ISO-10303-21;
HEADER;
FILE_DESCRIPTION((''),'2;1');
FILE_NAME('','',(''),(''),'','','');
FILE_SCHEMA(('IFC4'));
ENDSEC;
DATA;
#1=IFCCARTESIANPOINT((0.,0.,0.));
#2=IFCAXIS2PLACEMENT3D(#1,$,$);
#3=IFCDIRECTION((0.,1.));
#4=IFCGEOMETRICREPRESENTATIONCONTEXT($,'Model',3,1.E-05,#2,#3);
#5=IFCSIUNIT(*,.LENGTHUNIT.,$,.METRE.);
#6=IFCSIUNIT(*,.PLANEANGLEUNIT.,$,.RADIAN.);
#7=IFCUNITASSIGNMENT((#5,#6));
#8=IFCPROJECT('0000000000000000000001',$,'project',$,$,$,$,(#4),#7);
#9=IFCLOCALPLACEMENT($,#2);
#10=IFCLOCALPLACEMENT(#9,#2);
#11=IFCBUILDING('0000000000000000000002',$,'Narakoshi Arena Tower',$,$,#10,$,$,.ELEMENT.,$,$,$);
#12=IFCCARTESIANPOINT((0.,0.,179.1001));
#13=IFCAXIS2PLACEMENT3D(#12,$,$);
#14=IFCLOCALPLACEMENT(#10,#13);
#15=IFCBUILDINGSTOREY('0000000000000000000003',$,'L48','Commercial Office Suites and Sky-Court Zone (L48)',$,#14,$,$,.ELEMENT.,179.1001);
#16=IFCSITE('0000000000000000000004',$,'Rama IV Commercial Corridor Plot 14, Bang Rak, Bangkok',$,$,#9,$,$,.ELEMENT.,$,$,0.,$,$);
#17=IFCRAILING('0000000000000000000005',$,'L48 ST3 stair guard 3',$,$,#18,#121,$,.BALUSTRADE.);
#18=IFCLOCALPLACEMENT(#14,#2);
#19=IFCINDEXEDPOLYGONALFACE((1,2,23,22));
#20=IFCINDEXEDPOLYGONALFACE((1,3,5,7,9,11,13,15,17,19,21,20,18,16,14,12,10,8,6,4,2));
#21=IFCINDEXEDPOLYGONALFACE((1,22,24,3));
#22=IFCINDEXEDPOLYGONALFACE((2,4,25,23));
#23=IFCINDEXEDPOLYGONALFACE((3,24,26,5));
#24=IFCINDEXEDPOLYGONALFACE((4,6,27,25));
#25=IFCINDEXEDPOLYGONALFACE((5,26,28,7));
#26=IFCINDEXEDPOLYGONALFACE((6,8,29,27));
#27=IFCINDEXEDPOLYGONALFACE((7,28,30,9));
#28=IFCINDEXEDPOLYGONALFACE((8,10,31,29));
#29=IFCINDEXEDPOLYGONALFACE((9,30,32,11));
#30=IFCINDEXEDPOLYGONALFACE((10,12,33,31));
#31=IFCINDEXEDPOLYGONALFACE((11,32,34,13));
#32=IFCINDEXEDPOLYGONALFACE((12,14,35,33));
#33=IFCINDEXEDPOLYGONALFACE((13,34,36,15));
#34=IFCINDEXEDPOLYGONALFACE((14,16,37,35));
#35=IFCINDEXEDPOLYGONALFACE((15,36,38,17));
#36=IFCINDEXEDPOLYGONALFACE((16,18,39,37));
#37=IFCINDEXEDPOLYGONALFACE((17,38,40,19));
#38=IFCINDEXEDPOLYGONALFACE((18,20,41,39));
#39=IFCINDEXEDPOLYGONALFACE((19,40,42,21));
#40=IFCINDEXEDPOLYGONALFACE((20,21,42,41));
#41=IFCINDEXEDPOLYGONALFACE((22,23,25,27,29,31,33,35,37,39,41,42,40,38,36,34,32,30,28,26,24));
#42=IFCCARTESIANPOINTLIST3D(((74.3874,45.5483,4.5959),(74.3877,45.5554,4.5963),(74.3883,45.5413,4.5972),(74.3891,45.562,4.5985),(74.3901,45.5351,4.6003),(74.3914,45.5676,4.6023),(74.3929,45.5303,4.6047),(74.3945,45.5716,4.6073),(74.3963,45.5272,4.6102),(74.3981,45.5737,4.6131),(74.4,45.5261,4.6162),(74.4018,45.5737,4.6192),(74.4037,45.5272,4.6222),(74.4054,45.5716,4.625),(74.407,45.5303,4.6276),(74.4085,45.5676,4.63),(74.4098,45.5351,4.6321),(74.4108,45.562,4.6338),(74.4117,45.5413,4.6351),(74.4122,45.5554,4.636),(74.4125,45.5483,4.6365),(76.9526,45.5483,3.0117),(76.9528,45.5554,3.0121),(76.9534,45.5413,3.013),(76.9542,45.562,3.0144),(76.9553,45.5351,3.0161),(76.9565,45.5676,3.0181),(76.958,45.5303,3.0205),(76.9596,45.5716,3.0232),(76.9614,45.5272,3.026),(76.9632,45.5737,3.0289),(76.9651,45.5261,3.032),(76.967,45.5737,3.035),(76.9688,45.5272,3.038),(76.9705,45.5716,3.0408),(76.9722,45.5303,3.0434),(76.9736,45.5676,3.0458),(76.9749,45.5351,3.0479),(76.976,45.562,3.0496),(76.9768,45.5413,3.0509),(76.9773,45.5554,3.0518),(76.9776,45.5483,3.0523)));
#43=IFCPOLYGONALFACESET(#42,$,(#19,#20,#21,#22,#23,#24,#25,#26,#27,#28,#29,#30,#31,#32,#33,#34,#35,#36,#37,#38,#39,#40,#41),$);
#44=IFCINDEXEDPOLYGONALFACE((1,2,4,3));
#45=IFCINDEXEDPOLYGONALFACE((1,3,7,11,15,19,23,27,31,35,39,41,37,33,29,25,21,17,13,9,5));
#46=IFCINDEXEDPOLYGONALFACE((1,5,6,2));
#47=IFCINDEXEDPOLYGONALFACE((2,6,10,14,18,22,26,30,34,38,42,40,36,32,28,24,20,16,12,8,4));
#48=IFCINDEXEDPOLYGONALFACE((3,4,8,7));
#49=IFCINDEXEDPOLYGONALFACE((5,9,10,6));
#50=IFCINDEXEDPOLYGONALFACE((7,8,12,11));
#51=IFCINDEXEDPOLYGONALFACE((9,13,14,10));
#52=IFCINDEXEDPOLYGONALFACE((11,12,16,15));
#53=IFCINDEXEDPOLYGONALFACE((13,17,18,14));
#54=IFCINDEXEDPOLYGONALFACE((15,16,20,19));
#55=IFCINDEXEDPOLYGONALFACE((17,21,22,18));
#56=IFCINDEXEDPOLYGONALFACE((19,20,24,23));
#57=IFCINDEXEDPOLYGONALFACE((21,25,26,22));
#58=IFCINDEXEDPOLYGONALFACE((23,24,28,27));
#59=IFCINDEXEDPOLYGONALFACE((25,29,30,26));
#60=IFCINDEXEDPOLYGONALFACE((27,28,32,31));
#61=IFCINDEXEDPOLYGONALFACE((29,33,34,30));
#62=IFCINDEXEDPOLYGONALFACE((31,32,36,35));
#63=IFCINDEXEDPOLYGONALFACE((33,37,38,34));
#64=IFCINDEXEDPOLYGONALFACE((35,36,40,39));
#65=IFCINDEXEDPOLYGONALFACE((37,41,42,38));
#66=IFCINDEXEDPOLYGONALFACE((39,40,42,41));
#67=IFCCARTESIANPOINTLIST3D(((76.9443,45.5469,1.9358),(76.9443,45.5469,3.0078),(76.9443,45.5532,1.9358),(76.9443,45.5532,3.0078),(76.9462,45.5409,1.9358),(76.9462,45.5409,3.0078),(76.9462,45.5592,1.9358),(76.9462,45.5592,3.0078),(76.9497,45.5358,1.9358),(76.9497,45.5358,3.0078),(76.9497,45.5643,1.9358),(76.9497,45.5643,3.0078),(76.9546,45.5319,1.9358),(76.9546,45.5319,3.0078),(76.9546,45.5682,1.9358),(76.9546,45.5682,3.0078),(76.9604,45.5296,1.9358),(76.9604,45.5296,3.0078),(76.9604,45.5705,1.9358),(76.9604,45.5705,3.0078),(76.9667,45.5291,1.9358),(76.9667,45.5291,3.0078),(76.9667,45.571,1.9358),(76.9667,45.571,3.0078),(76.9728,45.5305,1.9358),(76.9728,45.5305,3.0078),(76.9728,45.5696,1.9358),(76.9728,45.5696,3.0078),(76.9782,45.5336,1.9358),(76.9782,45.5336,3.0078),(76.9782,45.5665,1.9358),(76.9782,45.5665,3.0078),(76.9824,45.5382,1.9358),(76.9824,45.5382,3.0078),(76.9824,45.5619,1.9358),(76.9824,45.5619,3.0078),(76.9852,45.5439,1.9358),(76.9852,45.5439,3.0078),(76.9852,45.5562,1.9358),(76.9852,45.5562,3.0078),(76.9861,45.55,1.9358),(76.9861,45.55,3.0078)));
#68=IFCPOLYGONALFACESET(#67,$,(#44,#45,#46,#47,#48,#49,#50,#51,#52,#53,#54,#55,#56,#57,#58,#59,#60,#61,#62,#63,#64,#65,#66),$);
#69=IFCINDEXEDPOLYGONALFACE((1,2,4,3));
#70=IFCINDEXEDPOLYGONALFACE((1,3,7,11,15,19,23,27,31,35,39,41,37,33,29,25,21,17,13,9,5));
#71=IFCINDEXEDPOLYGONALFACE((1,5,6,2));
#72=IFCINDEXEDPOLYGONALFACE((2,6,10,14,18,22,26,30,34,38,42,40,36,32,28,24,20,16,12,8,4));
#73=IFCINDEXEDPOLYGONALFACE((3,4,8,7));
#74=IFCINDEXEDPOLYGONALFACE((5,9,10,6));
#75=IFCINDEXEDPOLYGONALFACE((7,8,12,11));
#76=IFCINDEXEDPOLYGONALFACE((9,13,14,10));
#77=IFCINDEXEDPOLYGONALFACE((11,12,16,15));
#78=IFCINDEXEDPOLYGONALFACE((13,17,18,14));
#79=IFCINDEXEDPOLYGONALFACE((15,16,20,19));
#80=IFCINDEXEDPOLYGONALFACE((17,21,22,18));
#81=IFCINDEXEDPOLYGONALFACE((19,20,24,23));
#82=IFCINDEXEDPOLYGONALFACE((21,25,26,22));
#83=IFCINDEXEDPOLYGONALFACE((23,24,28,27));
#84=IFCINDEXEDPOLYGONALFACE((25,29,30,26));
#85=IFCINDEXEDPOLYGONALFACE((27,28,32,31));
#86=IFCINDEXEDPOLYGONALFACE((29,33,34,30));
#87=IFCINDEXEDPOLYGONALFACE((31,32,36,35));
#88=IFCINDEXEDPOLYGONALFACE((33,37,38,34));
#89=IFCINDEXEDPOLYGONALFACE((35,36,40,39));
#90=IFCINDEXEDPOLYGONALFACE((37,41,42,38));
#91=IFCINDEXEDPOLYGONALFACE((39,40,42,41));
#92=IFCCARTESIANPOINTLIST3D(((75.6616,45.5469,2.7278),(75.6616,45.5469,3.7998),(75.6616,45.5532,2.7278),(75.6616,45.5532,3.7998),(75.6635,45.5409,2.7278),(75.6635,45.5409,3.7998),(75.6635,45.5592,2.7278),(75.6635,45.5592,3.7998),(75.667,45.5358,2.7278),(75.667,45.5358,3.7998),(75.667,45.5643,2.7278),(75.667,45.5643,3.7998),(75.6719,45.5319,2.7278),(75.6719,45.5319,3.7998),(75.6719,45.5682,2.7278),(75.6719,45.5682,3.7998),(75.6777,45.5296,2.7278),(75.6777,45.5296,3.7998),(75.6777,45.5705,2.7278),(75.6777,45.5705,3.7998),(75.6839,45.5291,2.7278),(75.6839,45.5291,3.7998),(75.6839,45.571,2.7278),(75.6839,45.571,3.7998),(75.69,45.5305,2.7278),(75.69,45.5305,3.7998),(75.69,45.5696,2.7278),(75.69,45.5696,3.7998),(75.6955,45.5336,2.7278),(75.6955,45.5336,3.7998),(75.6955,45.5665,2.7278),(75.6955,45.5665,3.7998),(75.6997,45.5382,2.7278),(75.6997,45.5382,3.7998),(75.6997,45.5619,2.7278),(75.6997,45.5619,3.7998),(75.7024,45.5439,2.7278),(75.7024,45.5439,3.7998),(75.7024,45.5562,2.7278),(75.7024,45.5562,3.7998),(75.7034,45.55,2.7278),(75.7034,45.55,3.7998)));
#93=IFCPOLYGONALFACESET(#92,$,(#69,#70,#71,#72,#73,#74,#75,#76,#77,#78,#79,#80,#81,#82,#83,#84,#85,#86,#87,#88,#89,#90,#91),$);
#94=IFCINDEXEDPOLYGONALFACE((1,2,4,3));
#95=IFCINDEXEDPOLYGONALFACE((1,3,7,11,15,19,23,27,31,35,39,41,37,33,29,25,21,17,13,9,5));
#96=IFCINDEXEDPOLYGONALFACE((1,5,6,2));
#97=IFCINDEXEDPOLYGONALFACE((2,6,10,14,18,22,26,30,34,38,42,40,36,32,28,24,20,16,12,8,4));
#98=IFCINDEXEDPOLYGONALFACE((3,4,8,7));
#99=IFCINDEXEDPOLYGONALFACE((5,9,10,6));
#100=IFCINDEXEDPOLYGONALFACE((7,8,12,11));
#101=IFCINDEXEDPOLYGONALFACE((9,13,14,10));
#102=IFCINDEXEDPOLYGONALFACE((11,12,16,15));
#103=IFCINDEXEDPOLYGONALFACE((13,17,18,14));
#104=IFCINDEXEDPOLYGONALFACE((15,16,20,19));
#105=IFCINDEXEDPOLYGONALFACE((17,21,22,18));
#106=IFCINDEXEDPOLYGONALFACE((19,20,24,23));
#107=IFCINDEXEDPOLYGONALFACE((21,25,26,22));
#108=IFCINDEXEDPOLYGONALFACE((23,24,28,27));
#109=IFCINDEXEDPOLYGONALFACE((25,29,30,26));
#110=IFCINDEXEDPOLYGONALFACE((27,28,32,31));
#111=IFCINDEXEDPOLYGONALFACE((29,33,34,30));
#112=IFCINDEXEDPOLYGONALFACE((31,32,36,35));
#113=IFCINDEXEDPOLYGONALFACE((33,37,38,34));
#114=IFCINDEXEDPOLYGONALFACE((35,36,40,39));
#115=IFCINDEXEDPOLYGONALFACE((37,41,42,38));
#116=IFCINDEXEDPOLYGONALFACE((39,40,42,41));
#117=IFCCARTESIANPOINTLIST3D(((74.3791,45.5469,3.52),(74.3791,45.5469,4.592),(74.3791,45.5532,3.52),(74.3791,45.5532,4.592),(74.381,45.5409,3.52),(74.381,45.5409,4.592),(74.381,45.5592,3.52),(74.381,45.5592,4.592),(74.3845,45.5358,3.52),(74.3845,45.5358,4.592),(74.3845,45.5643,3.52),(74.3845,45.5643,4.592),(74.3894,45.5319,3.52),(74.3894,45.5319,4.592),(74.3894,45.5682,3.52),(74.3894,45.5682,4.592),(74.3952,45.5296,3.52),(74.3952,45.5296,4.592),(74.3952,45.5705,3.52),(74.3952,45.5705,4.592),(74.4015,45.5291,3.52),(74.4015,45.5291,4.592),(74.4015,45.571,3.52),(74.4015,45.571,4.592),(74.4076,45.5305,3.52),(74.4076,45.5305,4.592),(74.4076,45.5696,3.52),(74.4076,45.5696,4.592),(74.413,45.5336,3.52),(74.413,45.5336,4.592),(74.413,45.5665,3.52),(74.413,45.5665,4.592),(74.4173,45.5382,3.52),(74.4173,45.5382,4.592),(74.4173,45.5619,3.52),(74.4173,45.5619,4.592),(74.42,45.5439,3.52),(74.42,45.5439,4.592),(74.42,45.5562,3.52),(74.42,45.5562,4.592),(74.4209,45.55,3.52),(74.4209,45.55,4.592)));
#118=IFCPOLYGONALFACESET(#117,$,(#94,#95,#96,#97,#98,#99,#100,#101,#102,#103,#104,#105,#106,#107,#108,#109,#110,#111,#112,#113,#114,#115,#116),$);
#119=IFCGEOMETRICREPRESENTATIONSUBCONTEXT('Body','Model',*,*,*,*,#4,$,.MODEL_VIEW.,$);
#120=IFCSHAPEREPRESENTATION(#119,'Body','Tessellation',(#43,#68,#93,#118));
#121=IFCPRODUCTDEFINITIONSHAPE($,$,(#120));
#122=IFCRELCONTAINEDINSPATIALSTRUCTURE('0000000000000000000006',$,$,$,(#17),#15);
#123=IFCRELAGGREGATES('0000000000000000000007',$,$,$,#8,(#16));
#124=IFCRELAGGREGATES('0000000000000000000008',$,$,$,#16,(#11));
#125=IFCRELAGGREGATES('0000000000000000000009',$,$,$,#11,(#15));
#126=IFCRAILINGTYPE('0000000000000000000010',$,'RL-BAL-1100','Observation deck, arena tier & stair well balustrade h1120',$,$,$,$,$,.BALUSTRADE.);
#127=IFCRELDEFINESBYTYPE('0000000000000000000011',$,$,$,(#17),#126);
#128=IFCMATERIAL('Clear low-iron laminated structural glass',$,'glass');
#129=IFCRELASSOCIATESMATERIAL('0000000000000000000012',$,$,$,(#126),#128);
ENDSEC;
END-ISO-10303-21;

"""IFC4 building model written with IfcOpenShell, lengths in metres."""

from ifc_helpers import new_model, si_unit, direction, frame, origin, origin_2d, place, context, subcontext, project, spatial, circle, extrude, material, type_object, element, save


model = new_model("IFC4")

# Units and contexts
model_context = context("Model", 3, precision=1e-05, world=origin(), true_north=direction((0.0, 1.0)))
body_context = subcontext(model_context, "Body", "Model", "MODEL_VIEW")
ifc_project = project(units=[si_unit("LENGTHUNIT", "METRE"), si_unit("PLANEANGLEUNIT", "RADIAN")], contexts=[model_context])

# Site, building, storey
site_placement = place(None, origin())
site = spatial("IfcSite", under=ifc_project, at=site_placement, Name="Rama IV Commercial Corridor Plot 14, Bang Rak, Bangkok", CompositionType="ELEMENT", RefElevation=0.0)
building_placement = place(site_placement, origin())
building = spatial("IfcBuilding", under=site, at=building_placement, Name="Narakoshi Arena Tower", CompositionType="ELEMENT")
storey_placement = place(building_placement, frame((0.0, 0.0, 179.1001)))
storey = spatial("IfcBuildingStorey", under=building, at=storey_placement, Name="L48", Description="Commercial Office Suites and Sky-Court Zone (L48)", CompositionType="ELEMENT", Elevation=179.1001)

# Railing
ifc_material_1 = material(Name="Clear low-iron laminated structural glass", Category="glass")
railing_type_1 = type_object("IfcRailingType", Name="RL-BAL-1100", Description="Observation deck, arena tier & stair well balustrade h1120", PredefinedType="BALUSTRADE", material=ifc_material_1)
railing_1_placement = place(storey_placement, frame((76.9651, 45.55, 1.9358)))
element("IfcRailing", 1, at=railing_1_placement, inside=storey, type_object=railing_type_1, Name="L48 ST3 stair guard 3", PredefinedType="BALUSTRADE", context=body_context, shape_type="SweptSolid", body=[
    extrude(circle(Radius=0.0239, at=origin_2d()), frame((0.0, 0.0, 1.0962), z_axis=(-0.85082, 0.0, 0.525457), x_axis=(0.0, -1.0, 0.0)), (0.0, 0.0, 1.0), 3.0149),
    extrude(circle(Radius=0.021, at=origin_2d()), origin(), (0.0, 0.0, 1.0), 1.072),
    extrude(circle(Radius=0.021, at=origin_2d()), frame((-1.2827, 0.0, 0.792)), (0.0, 0.0, 1.0), 1.072),
    extrude(circle(Radius=0.021, at=origin_2d()), frame((-2.5652, 0.0, 1.5842)), (0.0, 0.0, 1.0), 1.072),
])

save(model, "model.ifc")
